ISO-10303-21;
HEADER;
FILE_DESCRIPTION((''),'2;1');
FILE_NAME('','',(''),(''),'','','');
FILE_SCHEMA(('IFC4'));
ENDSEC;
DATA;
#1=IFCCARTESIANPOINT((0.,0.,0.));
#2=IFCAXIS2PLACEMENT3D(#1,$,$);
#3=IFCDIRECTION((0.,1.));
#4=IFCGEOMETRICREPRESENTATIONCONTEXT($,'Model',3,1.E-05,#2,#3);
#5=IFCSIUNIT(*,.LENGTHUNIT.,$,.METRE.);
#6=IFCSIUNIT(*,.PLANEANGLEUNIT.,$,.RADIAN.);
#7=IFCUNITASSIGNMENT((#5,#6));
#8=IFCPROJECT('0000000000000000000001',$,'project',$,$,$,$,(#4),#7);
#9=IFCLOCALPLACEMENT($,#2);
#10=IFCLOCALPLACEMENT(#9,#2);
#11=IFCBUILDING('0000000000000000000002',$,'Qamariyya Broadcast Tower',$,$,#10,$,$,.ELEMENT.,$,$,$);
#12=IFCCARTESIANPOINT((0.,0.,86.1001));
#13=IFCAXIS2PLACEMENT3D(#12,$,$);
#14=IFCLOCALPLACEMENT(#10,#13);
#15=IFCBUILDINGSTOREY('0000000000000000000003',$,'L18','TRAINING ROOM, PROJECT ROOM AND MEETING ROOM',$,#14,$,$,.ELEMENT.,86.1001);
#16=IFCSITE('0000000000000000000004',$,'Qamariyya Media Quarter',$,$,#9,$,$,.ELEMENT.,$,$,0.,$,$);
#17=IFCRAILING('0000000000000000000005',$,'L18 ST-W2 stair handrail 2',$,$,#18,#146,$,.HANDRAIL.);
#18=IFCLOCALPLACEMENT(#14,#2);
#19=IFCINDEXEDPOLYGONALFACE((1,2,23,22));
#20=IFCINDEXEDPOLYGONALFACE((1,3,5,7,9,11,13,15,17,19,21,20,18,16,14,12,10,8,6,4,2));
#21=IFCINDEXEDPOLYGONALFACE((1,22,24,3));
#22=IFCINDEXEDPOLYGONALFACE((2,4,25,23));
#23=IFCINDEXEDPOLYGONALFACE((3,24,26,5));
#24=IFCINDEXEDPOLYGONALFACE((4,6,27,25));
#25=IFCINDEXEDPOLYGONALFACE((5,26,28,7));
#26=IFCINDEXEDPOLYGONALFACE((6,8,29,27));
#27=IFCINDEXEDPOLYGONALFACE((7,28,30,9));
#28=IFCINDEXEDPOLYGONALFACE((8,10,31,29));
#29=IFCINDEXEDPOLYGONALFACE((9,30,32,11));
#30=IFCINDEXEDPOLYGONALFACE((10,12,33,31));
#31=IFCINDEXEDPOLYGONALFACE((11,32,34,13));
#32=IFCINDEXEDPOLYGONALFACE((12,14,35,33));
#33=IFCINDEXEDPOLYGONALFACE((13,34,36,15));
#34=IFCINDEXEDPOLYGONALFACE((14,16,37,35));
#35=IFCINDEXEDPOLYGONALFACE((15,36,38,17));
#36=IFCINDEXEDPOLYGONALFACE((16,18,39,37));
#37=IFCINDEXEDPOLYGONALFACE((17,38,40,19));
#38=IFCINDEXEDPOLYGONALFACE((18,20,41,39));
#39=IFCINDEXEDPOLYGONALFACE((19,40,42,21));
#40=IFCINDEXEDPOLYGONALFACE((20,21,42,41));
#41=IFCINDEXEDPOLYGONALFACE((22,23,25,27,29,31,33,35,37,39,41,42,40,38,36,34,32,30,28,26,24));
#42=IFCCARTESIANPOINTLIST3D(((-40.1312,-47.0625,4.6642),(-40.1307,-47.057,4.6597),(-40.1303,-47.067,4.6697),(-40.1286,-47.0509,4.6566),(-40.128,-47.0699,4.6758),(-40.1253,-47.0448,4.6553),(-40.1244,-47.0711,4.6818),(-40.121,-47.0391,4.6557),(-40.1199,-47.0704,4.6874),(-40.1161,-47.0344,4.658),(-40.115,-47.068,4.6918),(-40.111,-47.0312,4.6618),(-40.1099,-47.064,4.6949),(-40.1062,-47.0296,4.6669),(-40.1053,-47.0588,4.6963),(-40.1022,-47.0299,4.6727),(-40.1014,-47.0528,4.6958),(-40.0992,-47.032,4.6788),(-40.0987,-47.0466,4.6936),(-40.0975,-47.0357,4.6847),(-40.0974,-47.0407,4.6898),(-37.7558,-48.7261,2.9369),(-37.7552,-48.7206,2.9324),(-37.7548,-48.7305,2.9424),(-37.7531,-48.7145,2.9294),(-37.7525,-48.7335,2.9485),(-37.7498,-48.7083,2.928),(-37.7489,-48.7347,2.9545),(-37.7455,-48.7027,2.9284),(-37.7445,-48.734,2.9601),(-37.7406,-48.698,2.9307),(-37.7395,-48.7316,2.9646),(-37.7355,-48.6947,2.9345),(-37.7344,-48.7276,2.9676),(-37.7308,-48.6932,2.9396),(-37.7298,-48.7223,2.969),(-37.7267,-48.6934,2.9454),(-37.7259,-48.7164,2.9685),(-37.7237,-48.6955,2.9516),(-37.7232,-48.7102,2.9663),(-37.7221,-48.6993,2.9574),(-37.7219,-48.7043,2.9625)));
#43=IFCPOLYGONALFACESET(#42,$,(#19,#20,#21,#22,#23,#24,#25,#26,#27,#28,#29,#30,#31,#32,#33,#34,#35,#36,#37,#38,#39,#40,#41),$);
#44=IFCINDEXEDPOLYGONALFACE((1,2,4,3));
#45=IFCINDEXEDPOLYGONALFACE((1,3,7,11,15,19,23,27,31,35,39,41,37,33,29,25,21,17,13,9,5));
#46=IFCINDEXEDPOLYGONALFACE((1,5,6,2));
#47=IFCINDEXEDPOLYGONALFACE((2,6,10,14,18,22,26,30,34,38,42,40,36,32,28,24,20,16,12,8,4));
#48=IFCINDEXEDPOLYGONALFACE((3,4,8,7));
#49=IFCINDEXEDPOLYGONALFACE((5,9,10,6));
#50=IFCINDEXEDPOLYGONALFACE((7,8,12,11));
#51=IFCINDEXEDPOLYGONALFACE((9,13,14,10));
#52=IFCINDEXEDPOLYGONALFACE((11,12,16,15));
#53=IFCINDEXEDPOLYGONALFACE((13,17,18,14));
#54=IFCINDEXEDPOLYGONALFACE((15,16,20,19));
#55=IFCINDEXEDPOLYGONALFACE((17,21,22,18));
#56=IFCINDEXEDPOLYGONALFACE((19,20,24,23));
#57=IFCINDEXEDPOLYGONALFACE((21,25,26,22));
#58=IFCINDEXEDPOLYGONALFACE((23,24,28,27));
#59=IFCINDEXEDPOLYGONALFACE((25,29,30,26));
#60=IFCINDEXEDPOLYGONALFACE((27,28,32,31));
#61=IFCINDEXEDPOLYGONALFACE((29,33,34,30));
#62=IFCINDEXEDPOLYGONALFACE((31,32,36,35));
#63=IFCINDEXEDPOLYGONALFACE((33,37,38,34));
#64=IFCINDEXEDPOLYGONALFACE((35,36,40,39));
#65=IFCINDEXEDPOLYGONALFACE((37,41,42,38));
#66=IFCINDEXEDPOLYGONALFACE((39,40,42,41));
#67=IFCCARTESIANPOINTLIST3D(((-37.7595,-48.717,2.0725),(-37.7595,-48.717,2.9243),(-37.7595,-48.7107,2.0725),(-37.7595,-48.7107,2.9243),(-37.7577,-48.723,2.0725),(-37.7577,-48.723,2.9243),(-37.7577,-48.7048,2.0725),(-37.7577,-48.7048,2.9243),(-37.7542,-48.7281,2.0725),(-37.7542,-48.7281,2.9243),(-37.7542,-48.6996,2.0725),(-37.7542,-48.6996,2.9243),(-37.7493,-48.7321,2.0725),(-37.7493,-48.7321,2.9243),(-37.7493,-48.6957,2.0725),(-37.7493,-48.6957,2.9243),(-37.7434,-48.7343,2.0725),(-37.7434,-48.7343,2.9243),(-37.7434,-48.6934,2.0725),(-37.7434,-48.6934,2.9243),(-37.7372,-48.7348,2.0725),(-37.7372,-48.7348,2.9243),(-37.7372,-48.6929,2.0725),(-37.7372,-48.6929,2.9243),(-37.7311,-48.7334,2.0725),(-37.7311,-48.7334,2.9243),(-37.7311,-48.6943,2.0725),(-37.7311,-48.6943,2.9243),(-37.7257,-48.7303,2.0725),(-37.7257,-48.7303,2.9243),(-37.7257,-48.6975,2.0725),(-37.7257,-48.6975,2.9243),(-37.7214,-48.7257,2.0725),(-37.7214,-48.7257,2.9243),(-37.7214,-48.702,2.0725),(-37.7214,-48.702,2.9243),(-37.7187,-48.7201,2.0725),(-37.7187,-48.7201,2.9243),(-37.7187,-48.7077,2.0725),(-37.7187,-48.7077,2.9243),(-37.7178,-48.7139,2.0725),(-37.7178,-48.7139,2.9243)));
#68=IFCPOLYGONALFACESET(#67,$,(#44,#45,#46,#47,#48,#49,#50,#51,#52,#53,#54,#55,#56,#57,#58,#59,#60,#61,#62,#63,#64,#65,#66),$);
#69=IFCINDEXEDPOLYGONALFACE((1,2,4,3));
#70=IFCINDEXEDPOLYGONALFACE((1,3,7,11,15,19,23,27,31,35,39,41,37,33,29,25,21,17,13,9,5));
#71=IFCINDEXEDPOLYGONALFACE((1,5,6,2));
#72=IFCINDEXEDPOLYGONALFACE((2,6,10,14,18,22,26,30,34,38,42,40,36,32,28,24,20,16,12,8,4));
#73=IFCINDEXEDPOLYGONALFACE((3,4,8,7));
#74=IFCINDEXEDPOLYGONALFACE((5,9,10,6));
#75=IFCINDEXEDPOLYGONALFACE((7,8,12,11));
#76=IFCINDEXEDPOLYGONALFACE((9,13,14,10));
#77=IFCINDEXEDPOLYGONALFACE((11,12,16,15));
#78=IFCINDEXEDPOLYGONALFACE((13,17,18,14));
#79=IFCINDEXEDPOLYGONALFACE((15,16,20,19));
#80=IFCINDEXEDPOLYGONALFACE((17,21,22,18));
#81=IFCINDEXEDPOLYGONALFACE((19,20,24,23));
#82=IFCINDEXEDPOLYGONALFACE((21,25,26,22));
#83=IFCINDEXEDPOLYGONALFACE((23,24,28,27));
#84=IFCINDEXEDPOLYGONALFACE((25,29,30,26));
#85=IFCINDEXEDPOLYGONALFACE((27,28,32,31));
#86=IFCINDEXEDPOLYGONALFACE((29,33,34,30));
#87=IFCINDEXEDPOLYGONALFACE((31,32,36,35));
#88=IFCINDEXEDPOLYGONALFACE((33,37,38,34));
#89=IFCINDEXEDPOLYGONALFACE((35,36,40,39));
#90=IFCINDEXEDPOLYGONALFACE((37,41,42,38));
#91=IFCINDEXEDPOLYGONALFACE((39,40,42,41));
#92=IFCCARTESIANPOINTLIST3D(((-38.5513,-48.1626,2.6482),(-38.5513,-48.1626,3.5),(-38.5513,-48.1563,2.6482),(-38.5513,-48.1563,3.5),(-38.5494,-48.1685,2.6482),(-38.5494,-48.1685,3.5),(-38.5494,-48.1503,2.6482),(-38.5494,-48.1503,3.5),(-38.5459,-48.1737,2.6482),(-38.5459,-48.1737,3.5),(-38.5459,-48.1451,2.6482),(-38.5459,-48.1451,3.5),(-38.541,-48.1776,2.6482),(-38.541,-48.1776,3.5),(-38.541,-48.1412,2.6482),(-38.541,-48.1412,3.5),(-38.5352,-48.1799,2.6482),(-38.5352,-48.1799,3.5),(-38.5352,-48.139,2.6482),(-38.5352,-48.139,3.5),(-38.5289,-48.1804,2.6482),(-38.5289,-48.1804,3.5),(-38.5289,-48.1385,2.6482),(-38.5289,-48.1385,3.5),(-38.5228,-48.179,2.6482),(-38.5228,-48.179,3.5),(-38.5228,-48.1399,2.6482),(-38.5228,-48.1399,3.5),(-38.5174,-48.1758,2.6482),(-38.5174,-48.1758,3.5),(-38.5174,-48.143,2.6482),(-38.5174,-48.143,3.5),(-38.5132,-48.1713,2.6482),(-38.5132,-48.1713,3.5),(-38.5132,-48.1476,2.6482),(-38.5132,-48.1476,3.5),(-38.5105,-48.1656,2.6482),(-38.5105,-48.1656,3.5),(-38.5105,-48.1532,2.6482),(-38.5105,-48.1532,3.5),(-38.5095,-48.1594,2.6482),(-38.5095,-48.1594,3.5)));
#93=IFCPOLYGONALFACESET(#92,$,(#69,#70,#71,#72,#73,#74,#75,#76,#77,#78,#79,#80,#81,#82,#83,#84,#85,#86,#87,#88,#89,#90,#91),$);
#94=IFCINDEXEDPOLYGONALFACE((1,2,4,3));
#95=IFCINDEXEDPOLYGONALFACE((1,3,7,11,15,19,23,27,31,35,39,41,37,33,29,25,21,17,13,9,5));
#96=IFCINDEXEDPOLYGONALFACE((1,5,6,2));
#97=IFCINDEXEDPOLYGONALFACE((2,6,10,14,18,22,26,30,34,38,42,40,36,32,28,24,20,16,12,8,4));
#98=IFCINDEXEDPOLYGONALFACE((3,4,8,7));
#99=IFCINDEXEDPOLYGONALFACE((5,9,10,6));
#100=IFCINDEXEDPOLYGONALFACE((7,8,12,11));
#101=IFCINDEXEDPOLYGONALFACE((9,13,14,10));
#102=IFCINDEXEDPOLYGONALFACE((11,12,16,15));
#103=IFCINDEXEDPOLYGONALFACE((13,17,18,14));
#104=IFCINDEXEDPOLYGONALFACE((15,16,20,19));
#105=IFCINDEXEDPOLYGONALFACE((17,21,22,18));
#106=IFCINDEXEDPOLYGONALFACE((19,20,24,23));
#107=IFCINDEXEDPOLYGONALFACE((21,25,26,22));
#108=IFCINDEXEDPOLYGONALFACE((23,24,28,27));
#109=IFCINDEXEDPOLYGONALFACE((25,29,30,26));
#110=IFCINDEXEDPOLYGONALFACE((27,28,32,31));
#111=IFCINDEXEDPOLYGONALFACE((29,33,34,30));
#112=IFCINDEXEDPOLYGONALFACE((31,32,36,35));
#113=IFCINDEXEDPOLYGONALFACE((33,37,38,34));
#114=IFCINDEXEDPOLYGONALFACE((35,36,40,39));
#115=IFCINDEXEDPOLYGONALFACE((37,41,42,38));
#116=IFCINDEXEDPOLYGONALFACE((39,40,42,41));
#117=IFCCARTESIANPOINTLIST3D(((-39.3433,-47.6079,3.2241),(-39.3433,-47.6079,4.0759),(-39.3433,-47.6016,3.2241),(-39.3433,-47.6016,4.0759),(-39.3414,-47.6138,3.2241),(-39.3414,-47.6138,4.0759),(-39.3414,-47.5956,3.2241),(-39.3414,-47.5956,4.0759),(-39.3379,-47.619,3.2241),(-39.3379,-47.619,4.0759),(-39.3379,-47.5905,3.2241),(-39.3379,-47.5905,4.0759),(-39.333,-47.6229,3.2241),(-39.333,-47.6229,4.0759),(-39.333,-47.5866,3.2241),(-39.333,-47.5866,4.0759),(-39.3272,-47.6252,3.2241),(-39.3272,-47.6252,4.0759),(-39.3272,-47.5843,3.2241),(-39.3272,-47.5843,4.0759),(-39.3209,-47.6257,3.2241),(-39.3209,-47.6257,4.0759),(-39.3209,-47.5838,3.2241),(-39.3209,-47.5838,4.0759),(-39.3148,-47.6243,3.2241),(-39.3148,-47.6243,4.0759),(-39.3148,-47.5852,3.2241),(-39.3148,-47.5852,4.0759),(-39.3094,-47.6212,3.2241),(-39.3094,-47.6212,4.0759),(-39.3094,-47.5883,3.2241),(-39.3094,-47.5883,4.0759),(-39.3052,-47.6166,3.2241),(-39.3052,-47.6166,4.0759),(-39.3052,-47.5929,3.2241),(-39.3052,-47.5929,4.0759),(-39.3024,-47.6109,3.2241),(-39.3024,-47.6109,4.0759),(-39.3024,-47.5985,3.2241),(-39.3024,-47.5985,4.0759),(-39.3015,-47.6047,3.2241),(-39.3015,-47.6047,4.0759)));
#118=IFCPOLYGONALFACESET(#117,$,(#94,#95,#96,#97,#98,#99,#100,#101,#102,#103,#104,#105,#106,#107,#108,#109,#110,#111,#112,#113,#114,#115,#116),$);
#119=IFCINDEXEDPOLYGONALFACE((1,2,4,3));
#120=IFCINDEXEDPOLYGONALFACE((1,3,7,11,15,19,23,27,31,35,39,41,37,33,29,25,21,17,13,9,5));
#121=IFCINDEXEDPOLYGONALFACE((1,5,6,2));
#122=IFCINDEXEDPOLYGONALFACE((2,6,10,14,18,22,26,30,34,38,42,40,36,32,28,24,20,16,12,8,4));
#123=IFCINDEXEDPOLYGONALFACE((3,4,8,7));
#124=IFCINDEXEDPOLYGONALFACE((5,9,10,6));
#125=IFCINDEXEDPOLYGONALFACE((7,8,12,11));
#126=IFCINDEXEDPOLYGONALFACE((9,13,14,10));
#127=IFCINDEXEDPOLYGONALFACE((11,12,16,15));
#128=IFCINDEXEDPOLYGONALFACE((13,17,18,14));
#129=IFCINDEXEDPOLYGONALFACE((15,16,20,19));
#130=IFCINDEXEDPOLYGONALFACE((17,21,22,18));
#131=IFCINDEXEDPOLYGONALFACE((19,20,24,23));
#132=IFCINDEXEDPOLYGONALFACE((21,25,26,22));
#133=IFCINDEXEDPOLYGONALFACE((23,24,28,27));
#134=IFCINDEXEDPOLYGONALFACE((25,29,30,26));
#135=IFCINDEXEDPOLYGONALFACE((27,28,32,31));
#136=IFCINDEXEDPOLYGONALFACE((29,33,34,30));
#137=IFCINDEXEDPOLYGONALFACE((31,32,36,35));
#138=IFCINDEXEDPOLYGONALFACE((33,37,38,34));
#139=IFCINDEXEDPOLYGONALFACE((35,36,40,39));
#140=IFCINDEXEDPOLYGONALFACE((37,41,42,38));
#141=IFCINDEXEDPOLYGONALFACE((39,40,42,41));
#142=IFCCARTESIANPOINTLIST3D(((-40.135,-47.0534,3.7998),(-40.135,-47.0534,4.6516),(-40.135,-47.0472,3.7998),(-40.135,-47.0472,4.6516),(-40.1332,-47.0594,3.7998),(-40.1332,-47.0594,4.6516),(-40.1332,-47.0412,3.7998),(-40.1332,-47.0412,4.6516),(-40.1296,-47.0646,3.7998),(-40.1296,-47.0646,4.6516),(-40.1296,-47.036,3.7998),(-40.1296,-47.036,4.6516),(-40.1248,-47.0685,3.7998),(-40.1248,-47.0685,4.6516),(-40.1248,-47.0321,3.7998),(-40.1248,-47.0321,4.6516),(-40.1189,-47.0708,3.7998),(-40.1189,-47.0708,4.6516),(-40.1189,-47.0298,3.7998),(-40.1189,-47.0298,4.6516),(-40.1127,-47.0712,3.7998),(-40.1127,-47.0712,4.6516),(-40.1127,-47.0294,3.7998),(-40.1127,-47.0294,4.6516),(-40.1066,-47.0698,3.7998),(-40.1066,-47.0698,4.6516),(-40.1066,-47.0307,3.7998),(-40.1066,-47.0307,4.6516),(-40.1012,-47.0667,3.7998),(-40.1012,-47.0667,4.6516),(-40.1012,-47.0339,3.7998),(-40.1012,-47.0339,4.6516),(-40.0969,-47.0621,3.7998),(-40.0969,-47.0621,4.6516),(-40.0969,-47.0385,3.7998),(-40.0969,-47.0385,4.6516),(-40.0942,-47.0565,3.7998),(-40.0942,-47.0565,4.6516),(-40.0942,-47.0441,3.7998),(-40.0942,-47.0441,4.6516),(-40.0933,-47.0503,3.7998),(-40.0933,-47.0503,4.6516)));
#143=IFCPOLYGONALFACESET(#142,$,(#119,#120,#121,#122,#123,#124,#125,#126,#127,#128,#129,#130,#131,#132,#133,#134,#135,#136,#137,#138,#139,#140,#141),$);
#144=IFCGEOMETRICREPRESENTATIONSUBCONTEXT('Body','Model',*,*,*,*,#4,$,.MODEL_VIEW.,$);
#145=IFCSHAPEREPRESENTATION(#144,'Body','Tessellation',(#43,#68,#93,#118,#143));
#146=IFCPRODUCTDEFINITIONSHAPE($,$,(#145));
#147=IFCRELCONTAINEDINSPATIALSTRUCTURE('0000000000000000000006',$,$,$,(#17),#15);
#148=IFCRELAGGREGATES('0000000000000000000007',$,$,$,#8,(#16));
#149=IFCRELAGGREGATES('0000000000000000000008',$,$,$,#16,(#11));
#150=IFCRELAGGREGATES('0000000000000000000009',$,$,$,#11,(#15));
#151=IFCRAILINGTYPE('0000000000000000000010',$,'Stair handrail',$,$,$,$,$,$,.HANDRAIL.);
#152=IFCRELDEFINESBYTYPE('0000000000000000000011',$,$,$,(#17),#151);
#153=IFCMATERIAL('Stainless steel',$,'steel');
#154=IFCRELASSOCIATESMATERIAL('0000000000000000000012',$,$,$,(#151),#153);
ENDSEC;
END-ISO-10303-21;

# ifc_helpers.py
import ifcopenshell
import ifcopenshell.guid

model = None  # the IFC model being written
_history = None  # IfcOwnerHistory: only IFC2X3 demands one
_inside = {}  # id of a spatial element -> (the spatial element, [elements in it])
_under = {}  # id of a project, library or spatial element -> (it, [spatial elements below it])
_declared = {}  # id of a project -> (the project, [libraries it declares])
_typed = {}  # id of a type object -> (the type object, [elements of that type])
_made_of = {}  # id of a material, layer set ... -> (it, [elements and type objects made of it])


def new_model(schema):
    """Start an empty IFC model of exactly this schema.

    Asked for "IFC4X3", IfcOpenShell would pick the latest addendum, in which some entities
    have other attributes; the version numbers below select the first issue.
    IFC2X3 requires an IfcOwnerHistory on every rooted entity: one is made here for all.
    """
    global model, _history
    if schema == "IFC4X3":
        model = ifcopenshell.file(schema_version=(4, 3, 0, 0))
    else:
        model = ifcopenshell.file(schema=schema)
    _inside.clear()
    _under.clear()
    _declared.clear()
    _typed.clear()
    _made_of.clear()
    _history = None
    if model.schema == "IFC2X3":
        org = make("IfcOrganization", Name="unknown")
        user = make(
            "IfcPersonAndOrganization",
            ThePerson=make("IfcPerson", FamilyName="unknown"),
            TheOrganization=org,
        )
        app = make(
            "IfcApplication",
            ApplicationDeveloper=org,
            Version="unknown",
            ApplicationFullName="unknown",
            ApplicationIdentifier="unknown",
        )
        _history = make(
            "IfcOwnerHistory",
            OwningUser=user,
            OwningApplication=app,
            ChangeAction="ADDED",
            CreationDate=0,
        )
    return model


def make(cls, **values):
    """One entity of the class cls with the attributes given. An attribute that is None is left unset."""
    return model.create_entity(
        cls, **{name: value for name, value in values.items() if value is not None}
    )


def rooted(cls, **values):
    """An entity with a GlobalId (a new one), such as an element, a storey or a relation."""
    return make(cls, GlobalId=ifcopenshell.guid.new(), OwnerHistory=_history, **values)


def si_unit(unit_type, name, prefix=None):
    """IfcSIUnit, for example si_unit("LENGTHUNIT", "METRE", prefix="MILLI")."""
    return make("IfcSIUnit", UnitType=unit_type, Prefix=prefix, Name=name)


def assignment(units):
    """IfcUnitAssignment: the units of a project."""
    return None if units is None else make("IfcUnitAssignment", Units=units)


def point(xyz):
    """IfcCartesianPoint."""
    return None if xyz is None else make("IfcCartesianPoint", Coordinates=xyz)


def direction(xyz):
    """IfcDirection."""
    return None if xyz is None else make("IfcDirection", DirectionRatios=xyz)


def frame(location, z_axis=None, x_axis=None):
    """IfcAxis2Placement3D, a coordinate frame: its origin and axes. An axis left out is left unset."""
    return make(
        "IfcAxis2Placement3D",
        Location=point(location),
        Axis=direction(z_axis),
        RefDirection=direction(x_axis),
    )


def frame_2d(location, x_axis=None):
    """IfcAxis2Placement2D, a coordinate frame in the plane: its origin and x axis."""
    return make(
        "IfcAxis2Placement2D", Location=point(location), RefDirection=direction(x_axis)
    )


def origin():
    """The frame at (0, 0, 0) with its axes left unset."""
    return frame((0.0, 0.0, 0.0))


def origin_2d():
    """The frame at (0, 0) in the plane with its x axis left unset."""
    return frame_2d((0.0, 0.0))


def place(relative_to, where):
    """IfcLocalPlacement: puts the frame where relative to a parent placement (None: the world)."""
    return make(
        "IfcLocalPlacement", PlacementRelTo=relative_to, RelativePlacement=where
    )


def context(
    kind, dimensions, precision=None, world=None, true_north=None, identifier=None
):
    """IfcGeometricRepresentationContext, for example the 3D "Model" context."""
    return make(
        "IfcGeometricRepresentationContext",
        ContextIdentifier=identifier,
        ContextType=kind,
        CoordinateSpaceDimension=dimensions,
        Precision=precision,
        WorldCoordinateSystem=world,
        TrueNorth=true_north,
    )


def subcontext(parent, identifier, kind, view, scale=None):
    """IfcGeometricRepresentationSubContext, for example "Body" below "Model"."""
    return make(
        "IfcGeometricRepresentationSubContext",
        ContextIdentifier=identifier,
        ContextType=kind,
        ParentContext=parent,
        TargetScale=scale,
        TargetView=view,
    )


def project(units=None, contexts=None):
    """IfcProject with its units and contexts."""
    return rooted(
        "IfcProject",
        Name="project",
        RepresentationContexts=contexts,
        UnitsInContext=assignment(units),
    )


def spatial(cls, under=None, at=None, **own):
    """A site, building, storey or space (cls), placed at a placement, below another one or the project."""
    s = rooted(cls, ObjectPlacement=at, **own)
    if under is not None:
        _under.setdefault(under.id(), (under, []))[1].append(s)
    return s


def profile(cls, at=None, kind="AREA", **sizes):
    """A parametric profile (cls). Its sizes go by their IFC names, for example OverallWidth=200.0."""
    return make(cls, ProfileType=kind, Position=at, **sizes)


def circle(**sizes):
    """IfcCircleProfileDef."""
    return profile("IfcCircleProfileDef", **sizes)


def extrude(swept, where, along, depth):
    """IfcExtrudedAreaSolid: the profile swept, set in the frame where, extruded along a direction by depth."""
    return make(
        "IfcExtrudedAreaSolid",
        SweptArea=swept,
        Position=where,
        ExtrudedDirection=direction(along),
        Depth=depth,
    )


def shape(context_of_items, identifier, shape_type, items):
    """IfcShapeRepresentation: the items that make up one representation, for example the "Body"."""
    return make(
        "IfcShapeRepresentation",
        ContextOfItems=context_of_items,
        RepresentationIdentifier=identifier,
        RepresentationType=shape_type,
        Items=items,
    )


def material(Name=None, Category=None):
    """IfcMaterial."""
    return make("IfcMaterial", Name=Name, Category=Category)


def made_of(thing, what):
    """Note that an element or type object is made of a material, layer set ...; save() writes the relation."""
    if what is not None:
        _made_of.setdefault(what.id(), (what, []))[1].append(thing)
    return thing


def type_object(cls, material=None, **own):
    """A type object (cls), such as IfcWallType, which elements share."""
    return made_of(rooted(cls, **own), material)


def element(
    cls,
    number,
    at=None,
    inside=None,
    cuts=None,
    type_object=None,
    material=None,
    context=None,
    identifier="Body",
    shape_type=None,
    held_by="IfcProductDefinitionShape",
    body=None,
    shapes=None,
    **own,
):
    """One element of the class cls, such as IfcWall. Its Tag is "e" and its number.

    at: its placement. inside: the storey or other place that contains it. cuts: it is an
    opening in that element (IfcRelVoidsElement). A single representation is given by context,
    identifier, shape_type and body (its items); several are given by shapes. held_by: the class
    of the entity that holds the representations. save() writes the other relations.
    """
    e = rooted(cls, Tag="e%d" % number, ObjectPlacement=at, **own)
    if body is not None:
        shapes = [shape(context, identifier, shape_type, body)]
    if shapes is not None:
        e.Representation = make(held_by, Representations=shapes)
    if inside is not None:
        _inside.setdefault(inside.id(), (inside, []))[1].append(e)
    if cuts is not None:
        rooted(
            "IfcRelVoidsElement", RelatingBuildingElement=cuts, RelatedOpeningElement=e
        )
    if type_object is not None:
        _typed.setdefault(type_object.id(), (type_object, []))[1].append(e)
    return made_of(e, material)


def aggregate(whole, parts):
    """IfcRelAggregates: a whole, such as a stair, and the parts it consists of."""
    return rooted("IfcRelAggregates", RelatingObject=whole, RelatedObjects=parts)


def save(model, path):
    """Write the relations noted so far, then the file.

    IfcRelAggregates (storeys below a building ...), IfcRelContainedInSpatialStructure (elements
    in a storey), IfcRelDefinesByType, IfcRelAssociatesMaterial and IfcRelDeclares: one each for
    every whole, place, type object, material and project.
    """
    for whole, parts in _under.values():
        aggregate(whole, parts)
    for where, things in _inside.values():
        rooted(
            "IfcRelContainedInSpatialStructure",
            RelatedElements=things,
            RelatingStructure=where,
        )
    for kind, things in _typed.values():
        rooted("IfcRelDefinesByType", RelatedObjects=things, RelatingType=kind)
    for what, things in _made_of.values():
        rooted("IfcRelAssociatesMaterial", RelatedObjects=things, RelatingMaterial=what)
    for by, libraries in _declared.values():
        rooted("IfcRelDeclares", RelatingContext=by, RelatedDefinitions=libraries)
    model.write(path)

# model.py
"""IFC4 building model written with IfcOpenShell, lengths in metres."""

from ifc_helpers import new_model, si_unit, direction, frame, origin, origin_2d, place, context, subcontext, project, spatial, circle, extrude, material, type_object, element, save


model = new_model("IFC4")

# Units and contexts
model_context = context("Model", 3, precision=1e-05, world=origin(), true_north=direction((0.0, 1.0)))
body_context = subcontext(model_context, "Body", "Model", "MODEL_VIEW")
ifc_project = project(units=[si_unit("LENGTHUNIT", "METRE"), si_unit("PLANEANGLEUNIT", "RADIAN")], contexts=[model_context])

# Site, building, storey
site_placement = place(None, origin())
site = spatial("IfcSite", under=ifc_project, at=site_placement, Name="Qamariyya Media Quarter", CompositionType="ELEMENT", RefElevation=0.0)
building_placement = place(site_placement, origin())
building = spatial("IfcBuilding", under=site, at=building_placement, Name="Qamariyya Broadcast Tower", CompositionType="ELEMENT")
storey_placement = place(building_placement, frame((0.0, 0.0, 86.1001)))
storey = spatial("IfcBuildingStorey", under=building, at=storey_placement, Name="L18", Description="TRAINING ROOM, PROJECT ROOM AND MEETING ROOM", CompositionType="ELEMENT", Elevation=86.1001)

# Railing
ifc_material_1 = material(Name="Stainless steel", Category="steel")
railing_type = type_object("IfcRailingType", Name="Stair handrail", PredefinedType="HANDRAIL", material=ifc_material_1)
railing_placement = place(storey_placement, frame((-37.7388, -48.7139, 2.0725)))
element("IfcRailing", 1, at=railing_placement, inside=storey, type_object=railing_type, Name="L18 ST-W2 stair handrail 2", PredefinedType="HANDRAIL", context=body_context, shape_type="SweptSolid", body=[
    extrude(circle(Radius=0.0239, at=origin_2d()), frame((0.0, 0.0, 0.876), z_axis=(-0.703745, 0.492838, 0.511716), x_axis=(-0.573632, -0.819113, 0.0)), (0.0, 0.0, 1.0), 3.3755),
    extrude(circle(Radius=0.021, at=origin_2d()), origin(), (0.0, 0.0, 1.0), 0.8518),
    extrude(circle(Radius=0.021, at=origin_2d()), frame((-0.7917, 0.5544, 0.5757)), (0.0, 0.0, 1.0), 0.8518),
    extrude(circle(Radius=0.021, at=origin_2d()), frame((-1.5837, 1.1091, 1.1516)), (0.0, 0.0, 1.0), 0.8518),
    extrude(circle(Radius=0.021, at=origin_2d()), frame((-2.3755, 1.6636, 1.7273)), (0.0, 0.0, 1.0), 0.8518),
])

save(model, "model.ifc")
